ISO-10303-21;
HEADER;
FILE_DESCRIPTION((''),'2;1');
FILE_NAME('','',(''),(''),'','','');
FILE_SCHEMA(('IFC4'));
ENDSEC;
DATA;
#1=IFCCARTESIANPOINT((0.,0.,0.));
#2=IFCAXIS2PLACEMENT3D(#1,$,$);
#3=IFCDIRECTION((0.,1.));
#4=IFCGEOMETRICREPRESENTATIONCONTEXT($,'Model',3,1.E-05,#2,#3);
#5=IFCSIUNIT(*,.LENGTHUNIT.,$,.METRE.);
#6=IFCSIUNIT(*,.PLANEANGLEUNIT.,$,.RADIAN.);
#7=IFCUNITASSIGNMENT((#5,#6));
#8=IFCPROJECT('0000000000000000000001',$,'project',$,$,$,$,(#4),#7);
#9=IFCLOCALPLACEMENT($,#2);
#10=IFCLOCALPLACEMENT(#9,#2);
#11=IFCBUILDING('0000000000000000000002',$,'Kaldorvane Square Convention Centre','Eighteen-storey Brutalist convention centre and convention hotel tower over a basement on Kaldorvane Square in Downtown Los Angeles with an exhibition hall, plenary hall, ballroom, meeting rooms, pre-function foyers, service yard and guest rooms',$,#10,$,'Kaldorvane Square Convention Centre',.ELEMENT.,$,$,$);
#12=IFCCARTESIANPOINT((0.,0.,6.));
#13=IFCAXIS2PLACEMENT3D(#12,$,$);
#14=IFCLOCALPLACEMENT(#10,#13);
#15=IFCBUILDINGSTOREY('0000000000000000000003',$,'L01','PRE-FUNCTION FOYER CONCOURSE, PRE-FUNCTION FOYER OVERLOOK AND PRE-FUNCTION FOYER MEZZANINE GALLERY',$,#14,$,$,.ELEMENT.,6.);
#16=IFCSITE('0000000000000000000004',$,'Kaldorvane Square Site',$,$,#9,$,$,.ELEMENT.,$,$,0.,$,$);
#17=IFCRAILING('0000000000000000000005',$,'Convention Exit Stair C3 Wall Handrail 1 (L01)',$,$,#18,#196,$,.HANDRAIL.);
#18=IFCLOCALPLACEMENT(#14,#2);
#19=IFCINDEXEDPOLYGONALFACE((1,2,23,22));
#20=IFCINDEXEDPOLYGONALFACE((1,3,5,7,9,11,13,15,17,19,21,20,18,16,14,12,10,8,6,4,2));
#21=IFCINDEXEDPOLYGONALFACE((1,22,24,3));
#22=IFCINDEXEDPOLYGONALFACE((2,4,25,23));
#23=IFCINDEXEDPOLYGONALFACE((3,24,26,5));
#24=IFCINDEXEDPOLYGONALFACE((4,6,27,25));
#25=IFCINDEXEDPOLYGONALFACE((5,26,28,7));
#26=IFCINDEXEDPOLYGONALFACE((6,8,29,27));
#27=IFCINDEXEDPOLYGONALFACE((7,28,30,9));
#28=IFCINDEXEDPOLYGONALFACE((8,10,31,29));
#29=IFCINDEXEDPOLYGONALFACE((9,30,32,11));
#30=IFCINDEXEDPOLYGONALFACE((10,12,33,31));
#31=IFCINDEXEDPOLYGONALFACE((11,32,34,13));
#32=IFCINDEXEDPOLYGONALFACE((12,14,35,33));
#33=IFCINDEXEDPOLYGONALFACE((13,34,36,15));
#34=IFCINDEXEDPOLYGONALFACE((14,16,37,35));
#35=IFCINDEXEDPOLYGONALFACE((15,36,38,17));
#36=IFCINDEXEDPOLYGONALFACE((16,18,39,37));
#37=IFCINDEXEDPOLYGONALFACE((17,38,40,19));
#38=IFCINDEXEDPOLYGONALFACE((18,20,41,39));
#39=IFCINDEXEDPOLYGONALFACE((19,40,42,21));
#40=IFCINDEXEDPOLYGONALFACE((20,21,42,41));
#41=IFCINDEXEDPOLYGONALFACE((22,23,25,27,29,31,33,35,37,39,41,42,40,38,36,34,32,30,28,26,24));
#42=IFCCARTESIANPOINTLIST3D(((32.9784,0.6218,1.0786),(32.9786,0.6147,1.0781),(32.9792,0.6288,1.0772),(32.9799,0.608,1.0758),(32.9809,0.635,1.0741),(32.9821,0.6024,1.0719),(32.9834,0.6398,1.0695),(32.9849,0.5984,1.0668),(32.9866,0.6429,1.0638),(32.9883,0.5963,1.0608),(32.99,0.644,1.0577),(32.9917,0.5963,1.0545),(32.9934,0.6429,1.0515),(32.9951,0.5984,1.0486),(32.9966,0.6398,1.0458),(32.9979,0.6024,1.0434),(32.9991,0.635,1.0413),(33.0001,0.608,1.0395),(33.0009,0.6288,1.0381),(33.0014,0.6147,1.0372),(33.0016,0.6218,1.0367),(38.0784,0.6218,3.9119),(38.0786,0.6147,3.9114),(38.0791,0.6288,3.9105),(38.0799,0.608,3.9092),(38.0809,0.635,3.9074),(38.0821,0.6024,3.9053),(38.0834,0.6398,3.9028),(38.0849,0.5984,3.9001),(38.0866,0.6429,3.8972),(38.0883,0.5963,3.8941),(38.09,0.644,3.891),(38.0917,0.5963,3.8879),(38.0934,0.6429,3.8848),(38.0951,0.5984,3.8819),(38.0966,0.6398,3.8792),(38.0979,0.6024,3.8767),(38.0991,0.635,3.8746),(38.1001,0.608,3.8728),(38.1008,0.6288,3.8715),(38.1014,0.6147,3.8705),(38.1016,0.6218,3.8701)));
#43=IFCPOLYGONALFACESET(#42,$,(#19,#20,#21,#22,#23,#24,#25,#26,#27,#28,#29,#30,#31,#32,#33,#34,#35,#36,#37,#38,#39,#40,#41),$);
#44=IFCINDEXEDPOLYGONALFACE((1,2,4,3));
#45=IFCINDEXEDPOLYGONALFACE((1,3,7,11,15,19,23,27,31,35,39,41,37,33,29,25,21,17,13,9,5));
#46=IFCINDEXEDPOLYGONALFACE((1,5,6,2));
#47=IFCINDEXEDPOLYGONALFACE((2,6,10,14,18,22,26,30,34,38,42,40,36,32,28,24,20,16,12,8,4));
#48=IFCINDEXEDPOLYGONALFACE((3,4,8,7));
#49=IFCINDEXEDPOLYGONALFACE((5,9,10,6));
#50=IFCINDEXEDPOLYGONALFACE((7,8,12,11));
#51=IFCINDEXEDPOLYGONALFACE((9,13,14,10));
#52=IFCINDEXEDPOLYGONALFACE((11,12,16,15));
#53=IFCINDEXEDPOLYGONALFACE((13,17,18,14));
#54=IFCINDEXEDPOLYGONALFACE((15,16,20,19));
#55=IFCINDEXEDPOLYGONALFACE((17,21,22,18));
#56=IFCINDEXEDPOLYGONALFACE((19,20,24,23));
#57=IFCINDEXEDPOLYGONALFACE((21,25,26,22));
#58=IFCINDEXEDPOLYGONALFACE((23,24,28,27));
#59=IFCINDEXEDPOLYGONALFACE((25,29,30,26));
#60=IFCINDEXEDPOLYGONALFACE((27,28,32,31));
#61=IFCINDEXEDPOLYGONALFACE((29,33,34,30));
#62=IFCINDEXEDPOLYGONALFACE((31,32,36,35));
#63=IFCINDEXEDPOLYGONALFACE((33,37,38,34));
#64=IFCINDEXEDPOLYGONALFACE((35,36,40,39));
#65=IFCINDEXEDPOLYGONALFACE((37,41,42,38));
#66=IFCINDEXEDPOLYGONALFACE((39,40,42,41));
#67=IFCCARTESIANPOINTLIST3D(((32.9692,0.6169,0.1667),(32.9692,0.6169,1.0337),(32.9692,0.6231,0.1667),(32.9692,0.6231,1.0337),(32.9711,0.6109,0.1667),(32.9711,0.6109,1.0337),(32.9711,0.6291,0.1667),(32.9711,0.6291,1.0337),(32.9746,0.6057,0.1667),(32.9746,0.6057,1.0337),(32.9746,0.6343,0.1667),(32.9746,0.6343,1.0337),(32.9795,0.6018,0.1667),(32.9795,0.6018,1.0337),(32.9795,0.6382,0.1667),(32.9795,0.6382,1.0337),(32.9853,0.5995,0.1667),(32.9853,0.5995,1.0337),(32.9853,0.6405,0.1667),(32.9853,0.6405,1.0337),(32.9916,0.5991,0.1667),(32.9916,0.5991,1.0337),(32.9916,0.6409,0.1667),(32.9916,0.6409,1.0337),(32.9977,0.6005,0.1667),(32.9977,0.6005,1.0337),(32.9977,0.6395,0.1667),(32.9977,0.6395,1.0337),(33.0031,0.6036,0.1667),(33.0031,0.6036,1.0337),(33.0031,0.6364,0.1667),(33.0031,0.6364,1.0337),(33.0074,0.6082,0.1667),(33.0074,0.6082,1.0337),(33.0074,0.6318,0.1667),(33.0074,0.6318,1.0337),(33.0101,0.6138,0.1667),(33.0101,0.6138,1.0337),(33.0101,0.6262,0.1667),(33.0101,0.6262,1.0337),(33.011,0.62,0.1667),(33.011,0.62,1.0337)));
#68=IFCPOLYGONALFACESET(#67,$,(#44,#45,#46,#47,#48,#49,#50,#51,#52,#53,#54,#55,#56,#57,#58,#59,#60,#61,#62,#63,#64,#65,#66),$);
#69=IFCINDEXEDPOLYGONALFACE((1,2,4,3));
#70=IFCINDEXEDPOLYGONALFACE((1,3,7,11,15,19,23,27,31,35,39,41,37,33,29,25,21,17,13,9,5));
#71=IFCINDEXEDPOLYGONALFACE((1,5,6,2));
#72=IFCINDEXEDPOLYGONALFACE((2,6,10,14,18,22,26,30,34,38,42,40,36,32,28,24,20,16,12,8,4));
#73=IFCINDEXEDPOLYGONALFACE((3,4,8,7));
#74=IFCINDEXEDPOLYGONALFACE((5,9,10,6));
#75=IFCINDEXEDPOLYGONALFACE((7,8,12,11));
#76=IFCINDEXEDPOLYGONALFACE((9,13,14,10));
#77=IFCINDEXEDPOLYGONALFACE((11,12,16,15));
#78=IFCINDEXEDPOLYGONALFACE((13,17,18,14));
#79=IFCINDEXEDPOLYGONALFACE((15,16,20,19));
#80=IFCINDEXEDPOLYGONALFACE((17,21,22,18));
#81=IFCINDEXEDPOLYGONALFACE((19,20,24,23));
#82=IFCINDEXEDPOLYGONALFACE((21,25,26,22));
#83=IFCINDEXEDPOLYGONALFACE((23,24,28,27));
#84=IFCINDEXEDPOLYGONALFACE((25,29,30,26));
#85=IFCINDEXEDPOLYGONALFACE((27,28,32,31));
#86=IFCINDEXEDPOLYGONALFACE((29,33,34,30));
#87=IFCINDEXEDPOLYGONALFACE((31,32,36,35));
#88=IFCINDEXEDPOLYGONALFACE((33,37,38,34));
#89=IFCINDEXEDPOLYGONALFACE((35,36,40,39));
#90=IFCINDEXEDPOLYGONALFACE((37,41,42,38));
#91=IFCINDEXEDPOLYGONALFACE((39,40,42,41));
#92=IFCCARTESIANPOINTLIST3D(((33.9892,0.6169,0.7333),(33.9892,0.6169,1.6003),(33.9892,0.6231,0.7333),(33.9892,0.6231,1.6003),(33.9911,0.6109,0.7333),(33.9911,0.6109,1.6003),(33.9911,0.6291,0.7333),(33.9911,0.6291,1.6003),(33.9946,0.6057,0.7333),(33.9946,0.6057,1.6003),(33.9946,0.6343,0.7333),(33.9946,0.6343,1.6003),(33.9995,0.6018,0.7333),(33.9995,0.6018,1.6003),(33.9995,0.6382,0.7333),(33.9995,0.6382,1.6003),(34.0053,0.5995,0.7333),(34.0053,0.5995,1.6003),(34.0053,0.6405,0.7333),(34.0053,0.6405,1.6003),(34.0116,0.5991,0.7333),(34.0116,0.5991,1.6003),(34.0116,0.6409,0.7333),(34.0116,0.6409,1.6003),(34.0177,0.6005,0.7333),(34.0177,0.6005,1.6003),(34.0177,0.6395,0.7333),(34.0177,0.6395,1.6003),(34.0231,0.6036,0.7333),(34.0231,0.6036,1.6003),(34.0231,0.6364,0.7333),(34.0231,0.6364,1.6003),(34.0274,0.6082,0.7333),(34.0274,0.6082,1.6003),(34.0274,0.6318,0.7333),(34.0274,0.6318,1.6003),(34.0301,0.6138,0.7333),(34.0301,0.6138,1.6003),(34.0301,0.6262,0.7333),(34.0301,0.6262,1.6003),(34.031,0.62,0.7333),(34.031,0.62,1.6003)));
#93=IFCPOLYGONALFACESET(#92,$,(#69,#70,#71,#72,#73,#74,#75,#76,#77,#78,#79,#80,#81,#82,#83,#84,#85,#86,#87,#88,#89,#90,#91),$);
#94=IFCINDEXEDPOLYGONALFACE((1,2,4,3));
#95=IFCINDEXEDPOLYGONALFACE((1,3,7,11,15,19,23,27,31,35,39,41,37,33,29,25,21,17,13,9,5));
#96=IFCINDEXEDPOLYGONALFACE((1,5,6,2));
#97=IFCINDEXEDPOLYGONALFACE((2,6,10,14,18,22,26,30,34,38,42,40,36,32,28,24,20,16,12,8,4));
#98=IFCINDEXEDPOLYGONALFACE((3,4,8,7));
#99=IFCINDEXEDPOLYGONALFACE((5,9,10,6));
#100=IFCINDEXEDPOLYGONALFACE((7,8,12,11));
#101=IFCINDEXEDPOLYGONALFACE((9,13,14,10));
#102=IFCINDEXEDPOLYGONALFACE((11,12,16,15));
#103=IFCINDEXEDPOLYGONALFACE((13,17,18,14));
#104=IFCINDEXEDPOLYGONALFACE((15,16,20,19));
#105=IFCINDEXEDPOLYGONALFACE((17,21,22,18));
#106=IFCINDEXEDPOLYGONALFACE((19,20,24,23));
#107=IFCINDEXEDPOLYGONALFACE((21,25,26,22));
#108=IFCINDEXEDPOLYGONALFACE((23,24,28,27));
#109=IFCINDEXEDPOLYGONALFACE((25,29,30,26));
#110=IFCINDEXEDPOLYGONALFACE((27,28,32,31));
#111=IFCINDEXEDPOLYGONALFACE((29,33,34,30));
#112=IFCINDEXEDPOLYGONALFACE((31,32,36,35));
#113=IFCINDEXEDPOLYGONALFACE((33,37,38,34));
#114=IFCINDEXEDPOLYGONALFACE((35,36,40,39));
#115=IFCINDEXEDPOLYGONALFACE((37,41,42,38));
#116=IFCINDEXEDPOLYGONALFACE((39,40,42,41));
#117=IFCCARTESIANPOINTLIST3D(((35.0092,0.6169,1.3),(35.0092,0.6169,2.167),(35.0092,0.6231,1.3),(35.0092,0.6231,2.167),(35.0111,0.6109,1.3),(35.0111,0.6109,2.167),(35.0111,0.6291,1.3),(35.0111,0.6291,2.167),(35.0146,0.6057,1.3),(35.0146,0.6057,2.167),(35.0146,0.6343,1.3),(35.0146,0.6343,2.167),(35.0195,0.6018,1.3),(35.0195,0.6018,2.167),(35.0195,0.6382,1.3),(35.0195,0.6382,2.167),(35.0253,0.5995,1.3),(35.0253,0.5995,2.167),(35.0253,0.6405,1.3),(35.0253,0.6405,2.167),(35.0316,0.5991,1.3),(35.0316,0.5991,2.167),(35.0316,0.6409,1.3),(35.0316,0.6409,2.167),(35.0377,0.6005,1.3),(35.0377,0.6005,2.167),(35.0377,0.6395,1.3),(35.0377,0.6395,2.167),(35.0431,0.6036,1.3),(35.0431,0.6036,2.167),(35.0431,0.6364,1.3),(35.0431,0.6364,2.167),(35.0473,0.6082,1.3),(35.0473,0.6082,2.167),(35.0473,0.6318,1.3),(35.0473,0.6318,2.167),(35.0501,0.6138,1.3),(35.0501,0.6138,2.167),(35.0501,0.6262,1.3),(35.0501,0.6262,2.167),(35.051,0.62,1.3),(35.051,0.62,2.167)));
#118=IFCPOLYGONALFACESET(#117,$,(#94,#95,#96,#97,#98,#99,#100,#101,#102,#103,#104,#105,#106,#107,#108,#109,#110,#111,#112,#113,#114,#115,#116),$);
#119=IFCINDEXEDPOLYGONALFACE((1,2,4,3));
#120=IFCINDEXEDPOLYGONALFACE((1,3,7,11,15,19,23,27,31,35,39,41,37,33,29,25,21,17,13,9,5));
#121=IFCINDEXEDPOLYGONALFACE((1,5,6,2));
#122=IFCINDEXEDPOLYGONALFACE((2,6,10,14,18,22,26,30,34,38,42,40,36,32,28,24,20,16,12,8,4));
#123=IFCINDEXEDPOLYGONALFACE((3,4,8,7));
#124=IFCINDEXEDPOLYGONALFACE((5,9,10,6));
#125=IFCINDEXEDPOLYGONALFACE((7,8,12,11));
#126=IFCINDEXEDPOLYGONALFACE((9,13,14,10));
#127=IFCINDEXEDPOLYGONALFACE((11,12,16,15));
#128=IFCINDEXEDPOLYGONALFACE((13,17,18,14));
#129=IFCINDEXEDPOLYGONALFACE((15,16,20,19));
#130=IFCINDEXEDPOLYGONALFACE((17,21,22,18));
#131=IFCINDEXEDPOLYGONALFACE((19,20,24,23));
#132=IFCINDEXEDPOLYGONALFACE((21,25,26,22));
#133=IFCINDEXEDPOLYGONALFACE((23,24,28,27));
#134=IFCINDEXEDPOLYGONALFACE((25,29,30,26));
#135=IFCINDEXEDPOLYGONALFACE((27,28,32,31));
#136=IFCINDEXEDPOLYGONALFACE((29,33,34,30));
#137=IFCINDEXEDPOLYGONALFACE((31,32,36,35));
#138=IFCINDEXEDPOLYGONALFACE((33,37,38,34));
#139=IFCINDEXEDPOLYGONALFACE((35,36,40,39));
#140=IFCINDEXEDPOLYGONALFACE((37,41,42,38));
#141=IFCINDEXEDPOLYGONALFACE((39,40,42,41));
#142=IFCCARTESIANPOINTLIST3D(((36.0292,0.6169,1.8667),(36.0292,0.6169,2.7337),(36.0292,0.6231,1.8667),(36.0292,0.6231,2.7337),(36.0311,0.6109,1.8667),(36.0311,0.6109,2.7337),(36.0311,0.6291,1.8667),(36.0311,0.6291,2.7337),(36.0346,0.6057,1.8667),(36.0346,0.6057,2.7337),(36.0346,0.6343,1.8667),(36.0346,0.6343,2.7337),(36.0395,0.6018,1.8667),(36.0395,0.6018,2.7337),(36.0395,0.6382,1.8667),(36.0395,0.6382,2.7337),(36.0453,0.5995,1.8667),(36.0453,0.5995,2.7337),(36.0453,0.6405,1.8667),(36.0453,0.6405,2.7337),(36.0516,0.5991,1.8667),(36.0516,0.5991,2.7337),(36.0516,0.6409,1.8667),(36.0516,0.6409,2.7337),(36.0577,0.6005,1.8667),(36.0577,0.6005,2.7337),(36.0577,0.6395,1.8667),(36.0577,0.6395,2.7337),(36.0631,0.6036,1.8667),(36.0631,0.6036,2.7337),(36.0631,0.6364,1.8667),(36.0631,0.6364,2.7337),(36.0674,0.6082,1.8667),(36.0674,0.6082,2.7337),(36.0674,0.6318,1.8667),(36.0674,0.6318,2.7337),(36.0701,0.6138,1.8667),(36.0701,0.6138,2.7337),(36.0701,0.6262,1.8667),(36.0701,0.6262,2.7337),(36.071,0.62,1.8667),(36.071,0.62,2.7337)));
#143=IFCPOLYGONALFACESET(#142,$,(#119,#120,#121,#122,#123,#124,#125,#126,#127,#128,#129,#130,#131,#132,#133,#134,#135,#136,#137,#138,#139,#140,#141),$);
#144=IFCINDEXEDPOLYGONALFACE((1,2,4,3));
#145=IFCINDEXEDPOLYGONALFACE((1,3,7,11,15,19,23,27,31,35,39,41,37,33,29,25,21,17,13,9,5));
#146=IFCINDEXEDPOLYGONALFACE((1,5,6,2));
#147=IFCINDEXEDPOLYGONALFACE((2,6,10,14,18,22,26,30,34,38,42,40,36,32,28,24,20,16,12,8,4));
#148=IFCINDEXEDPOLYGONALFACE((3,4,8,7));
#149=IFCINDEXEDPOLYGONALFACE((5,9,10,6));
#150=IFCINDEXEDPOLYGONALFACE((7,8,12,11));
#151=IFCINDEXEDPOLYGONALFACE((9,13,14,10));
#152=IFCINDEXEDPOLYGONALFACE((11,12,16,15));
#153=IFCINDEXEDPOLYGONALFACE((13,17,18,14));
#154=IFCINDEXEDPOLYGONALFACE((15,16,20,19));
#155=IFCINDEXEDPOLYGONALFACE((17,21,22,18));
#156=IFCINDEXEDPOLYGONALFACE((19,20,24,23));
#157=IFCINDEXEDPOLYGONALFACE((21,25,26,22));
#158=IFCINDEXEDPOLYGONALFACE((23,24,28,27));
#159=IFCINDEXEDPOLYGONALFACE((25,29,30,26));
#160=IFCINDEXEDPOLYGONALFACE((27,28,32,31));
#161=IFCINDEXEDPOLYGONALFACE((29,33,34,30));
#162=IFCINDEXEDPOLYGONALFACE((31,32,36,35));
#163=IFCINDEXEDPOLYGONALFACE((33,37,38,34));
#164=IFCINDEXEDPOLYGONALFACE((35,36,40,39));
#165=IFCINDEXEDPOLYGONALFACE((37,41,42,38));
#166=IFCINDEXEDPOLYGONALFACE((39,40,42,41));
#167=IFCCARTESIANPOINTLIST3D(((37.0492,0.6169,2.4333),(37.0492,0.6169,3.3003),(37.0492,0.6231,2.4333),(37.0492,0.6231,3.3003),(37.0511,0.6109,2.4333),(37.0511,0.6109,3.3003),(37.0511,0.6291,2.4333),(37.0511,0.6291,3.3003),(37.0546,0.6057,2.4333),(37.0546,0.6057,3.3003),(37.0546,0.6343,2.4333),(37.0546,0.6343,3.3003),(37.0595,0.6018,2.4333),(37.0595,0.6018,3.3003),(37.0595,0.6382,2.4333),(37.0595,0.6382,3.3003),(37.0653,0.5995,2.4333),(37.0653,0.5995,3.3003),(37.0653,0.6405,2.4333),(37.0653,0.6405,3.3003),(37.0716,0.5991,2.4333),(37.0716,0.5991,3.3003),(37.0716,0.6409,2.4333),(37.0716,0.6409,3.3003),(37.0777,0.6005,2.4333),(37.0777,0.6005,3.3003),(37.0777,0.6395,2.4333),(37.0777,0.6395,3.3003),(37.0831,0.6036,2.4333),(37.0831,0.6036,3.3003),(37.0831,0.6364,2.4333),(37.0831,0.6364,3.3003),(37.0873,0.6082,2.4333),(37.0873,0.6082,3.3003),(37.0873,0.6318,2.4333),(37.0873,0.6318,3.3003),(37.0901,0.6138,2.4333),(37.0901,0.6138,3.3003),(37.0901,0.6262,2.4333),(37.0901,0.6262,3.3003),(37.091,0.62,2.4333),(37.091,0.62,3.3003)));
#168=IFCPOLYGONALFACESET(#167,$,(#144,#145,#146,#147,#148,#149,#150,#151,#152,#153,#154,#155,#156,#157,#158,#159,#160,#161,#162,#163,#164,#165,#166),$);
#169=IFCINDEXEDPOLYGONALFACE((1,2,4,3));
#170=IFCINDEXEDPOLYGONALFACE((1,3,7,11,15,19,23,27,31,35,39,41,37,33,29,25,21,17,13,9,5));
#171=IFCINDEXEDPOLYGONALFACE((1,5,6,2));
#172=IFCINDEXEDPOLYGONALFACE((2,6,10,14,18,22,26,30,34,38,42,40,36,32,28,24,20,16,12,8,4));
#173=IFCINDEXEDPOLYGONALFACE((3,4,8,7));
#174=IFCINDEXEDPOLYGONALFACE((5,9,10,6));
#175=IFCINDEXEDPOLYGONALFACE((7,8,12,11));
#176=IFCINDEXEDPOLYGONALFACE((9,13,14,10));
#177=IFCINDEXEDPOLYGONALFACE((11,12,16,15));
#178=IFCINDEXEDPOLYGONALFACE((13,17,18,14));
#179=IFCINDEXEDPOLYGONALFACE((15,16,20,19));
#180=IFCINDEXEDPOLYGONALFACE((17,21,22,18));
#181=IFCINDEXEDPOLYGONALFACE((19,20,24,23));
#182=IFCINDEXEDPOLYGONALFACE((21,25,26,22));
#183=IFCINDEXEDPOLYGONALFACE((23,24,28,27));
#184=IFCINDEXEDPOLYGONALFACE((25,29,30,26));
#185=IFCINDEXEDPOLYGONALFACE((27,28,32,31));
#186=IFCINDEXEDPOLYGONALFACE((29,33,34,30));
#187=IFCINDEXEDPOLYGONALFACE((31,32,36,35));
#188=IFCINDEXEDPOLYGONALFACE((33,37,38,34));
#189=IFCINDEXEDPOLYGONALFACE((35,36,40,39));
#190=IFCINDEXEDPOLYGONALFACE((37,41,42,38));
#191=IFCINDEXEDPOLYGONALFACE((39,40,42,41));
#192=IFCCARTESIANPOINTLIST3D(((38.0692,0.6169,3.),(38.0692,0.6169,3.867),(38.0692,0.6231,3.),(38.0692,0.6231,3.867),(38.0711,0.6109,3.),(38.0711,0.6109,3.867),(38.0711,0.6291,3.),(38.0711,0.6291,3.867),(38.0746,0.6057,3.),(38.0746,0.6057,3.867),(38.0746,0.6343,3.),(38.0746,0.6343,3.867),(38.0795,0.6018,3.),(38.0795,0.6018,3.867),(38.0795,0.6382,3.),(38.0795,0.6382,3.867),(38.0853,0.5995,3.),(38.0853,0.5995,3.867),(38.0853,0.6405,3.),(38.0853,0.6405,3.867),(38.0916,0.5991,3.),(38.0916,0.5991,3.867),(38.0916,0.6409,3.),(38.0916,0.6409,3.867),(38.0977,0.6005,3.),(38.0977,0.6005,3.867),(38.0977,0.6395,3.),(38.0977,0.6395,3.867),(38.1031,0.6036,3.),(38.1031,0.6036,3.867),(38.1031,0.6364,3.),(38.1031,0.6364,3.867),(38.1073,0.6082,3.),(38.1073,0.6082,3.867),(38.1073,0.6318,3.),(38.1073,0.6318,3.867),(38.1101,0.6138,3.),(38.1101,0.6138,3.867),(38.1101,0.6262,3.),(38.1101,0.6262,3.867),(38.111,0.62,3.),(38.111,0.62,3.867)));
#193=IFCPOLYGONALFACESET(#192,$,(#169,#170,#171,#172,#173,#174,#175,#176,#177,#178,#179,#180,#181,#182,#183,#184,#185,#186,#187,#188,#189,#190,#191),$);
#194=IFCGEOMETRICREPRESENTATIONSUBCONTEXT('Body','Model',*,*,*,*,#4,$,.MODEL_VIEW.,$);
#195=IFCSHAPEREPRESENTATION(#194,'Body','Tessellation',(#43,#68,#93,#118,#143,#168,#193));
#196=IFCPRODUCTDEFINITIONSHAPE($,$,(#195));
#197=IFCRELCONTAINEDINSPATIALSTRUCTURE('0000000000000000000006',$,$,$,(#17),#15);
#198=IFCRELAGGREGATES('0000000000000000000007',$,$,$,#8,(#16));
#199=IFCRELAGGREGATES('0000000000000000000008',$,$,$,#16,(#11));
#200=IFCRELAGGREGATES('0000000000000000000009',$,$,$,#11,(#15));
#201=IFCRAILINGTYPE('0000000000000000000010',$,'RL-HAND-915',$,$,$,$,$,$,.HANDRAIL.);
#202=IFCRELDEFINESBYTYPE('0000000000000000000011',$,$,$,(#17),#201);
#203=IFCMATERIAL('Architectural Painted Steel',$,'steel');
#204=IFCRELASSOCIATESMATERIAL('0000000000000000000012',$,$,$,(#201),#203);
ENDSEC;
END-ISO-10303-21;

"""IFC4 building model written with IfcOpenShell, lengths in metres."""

from ifc_helpers import new_model, si_unit, direction, frame, origin, origin_2d, place, context, subcontext, project, spatial, circle, extrude, material, type_object, element, save


model = new_model("IFC4")

# Units and contexts
model_context = context("Model", 3, precision=1e-05, world=origin(), true_north=direction((0.0, 1.0)))
body_context = subcontext(model_context, "Body", "Model", "MODEL_VIEW")
ifc_project = project(units=[si_unit("LENGTHUNIT", "METRE"), si_unit("PLANEANGLEUNIT", "RADIAN")], contexts=[model_context])

# Site, building, storey
site_placement = place(None, origin())
site = spatial("IfcSite", under=ifc_project, at=site_placement, Name="Kaldorvane Square Site", CompositionType="ELEMENT", RefElevation=0.0)
building_placement = place(site_placement, origin())
building = spatial("IfcBuilding", under=site, at=building_placement, Name="Kaldorvane Square Convention Centre", Description="Eighteen-storey Brutalist convention centre and convention hotel tower over a basement on Kaldorvane Square in Downtown Los Angeles with an exhibition hall, plenary hall, ballroom, meeting rooms, pre-function foyers, service yard and guest rooms", LongName="Kaldorvane Square Convention Centre", CompositionType="ELEMENT")
storey_placement = place(building_placement, frame((0.0, 0.0, 6.0)))
storey = spatial("IfcBuildingStorey", under=building, at=storey_placement, Name="L01", Description="PRE-FUNCTION FOYER CONCOURSE, PRE-FUNCTION FOYER OVERLOOK AND PRE-FUNCTION FOYER MEZZANINE GALLERY", CompositionType="ELEMENT", Elevation=6.0)

# Railing
ifc_material_1 = material(Name="Architectural Painted Steel", Category="steel")
railing_type_1 = type_object("IfcRailingType", Name="RL-HAND-915", PredefinedType="HANDRAIL", material=ifc_material_1)
railing_1_placement = place(storey_placement, frame((32.99, 0.62, 0.1667)))
element("IfcRailing", 1, at=railing_1_placement, inside=storey, type_object=railing_type_1, Name="Convention Exit Stair C3 Wall Handrail 1 (L01)", PredefinedType="HANDRAIL", context=body_context, shape_type="SweptSolid", body=[
    extrude(circle(Radius=0.024, at=origin_2d()), frame((0.0, 0.0, 0.891), z_axis=(0.874157, 0.0, 0.485643), x_axis=(0.0, 1.0, 0.0)), (0.0, 0.0, 1.0), 5.8342),
    extrude(circle(Radius=0.021, at=origin_2d()), origin(), (0.0, 0.0, 1.0), 0.867),
    extrude(circle(Radius=0.021, at=origin_2d()), frame((1.02, 0.0, 0.5667)), (0.0, 0.0, 1.0), 0.867),
    extrude(circle(Radius=0.021, at=origin_2d()), frame((2.04, 0.0, 1.1333)), (0.0, 0.0, 1.0), 0.867),
    extrude(circle(Radius=0.021, at=origin_2d()), frame((3.06, 0.0, 1.7)), (0.0, 0.0, 1.0), 0.867),
    extrude(circle(Radius=0.021, at=origin_2d()), frame((4.08, 0.0, 2.2667)), (0.0, 0.0, 1.0), 0.867),
    extrude(circle(Radius=0.021, at=origin_2d()), frame((5.1, 0.0, 2.8333)), (0.0, 0.0, 1.0), 0.867),
])

save(model, "model.ifc")
